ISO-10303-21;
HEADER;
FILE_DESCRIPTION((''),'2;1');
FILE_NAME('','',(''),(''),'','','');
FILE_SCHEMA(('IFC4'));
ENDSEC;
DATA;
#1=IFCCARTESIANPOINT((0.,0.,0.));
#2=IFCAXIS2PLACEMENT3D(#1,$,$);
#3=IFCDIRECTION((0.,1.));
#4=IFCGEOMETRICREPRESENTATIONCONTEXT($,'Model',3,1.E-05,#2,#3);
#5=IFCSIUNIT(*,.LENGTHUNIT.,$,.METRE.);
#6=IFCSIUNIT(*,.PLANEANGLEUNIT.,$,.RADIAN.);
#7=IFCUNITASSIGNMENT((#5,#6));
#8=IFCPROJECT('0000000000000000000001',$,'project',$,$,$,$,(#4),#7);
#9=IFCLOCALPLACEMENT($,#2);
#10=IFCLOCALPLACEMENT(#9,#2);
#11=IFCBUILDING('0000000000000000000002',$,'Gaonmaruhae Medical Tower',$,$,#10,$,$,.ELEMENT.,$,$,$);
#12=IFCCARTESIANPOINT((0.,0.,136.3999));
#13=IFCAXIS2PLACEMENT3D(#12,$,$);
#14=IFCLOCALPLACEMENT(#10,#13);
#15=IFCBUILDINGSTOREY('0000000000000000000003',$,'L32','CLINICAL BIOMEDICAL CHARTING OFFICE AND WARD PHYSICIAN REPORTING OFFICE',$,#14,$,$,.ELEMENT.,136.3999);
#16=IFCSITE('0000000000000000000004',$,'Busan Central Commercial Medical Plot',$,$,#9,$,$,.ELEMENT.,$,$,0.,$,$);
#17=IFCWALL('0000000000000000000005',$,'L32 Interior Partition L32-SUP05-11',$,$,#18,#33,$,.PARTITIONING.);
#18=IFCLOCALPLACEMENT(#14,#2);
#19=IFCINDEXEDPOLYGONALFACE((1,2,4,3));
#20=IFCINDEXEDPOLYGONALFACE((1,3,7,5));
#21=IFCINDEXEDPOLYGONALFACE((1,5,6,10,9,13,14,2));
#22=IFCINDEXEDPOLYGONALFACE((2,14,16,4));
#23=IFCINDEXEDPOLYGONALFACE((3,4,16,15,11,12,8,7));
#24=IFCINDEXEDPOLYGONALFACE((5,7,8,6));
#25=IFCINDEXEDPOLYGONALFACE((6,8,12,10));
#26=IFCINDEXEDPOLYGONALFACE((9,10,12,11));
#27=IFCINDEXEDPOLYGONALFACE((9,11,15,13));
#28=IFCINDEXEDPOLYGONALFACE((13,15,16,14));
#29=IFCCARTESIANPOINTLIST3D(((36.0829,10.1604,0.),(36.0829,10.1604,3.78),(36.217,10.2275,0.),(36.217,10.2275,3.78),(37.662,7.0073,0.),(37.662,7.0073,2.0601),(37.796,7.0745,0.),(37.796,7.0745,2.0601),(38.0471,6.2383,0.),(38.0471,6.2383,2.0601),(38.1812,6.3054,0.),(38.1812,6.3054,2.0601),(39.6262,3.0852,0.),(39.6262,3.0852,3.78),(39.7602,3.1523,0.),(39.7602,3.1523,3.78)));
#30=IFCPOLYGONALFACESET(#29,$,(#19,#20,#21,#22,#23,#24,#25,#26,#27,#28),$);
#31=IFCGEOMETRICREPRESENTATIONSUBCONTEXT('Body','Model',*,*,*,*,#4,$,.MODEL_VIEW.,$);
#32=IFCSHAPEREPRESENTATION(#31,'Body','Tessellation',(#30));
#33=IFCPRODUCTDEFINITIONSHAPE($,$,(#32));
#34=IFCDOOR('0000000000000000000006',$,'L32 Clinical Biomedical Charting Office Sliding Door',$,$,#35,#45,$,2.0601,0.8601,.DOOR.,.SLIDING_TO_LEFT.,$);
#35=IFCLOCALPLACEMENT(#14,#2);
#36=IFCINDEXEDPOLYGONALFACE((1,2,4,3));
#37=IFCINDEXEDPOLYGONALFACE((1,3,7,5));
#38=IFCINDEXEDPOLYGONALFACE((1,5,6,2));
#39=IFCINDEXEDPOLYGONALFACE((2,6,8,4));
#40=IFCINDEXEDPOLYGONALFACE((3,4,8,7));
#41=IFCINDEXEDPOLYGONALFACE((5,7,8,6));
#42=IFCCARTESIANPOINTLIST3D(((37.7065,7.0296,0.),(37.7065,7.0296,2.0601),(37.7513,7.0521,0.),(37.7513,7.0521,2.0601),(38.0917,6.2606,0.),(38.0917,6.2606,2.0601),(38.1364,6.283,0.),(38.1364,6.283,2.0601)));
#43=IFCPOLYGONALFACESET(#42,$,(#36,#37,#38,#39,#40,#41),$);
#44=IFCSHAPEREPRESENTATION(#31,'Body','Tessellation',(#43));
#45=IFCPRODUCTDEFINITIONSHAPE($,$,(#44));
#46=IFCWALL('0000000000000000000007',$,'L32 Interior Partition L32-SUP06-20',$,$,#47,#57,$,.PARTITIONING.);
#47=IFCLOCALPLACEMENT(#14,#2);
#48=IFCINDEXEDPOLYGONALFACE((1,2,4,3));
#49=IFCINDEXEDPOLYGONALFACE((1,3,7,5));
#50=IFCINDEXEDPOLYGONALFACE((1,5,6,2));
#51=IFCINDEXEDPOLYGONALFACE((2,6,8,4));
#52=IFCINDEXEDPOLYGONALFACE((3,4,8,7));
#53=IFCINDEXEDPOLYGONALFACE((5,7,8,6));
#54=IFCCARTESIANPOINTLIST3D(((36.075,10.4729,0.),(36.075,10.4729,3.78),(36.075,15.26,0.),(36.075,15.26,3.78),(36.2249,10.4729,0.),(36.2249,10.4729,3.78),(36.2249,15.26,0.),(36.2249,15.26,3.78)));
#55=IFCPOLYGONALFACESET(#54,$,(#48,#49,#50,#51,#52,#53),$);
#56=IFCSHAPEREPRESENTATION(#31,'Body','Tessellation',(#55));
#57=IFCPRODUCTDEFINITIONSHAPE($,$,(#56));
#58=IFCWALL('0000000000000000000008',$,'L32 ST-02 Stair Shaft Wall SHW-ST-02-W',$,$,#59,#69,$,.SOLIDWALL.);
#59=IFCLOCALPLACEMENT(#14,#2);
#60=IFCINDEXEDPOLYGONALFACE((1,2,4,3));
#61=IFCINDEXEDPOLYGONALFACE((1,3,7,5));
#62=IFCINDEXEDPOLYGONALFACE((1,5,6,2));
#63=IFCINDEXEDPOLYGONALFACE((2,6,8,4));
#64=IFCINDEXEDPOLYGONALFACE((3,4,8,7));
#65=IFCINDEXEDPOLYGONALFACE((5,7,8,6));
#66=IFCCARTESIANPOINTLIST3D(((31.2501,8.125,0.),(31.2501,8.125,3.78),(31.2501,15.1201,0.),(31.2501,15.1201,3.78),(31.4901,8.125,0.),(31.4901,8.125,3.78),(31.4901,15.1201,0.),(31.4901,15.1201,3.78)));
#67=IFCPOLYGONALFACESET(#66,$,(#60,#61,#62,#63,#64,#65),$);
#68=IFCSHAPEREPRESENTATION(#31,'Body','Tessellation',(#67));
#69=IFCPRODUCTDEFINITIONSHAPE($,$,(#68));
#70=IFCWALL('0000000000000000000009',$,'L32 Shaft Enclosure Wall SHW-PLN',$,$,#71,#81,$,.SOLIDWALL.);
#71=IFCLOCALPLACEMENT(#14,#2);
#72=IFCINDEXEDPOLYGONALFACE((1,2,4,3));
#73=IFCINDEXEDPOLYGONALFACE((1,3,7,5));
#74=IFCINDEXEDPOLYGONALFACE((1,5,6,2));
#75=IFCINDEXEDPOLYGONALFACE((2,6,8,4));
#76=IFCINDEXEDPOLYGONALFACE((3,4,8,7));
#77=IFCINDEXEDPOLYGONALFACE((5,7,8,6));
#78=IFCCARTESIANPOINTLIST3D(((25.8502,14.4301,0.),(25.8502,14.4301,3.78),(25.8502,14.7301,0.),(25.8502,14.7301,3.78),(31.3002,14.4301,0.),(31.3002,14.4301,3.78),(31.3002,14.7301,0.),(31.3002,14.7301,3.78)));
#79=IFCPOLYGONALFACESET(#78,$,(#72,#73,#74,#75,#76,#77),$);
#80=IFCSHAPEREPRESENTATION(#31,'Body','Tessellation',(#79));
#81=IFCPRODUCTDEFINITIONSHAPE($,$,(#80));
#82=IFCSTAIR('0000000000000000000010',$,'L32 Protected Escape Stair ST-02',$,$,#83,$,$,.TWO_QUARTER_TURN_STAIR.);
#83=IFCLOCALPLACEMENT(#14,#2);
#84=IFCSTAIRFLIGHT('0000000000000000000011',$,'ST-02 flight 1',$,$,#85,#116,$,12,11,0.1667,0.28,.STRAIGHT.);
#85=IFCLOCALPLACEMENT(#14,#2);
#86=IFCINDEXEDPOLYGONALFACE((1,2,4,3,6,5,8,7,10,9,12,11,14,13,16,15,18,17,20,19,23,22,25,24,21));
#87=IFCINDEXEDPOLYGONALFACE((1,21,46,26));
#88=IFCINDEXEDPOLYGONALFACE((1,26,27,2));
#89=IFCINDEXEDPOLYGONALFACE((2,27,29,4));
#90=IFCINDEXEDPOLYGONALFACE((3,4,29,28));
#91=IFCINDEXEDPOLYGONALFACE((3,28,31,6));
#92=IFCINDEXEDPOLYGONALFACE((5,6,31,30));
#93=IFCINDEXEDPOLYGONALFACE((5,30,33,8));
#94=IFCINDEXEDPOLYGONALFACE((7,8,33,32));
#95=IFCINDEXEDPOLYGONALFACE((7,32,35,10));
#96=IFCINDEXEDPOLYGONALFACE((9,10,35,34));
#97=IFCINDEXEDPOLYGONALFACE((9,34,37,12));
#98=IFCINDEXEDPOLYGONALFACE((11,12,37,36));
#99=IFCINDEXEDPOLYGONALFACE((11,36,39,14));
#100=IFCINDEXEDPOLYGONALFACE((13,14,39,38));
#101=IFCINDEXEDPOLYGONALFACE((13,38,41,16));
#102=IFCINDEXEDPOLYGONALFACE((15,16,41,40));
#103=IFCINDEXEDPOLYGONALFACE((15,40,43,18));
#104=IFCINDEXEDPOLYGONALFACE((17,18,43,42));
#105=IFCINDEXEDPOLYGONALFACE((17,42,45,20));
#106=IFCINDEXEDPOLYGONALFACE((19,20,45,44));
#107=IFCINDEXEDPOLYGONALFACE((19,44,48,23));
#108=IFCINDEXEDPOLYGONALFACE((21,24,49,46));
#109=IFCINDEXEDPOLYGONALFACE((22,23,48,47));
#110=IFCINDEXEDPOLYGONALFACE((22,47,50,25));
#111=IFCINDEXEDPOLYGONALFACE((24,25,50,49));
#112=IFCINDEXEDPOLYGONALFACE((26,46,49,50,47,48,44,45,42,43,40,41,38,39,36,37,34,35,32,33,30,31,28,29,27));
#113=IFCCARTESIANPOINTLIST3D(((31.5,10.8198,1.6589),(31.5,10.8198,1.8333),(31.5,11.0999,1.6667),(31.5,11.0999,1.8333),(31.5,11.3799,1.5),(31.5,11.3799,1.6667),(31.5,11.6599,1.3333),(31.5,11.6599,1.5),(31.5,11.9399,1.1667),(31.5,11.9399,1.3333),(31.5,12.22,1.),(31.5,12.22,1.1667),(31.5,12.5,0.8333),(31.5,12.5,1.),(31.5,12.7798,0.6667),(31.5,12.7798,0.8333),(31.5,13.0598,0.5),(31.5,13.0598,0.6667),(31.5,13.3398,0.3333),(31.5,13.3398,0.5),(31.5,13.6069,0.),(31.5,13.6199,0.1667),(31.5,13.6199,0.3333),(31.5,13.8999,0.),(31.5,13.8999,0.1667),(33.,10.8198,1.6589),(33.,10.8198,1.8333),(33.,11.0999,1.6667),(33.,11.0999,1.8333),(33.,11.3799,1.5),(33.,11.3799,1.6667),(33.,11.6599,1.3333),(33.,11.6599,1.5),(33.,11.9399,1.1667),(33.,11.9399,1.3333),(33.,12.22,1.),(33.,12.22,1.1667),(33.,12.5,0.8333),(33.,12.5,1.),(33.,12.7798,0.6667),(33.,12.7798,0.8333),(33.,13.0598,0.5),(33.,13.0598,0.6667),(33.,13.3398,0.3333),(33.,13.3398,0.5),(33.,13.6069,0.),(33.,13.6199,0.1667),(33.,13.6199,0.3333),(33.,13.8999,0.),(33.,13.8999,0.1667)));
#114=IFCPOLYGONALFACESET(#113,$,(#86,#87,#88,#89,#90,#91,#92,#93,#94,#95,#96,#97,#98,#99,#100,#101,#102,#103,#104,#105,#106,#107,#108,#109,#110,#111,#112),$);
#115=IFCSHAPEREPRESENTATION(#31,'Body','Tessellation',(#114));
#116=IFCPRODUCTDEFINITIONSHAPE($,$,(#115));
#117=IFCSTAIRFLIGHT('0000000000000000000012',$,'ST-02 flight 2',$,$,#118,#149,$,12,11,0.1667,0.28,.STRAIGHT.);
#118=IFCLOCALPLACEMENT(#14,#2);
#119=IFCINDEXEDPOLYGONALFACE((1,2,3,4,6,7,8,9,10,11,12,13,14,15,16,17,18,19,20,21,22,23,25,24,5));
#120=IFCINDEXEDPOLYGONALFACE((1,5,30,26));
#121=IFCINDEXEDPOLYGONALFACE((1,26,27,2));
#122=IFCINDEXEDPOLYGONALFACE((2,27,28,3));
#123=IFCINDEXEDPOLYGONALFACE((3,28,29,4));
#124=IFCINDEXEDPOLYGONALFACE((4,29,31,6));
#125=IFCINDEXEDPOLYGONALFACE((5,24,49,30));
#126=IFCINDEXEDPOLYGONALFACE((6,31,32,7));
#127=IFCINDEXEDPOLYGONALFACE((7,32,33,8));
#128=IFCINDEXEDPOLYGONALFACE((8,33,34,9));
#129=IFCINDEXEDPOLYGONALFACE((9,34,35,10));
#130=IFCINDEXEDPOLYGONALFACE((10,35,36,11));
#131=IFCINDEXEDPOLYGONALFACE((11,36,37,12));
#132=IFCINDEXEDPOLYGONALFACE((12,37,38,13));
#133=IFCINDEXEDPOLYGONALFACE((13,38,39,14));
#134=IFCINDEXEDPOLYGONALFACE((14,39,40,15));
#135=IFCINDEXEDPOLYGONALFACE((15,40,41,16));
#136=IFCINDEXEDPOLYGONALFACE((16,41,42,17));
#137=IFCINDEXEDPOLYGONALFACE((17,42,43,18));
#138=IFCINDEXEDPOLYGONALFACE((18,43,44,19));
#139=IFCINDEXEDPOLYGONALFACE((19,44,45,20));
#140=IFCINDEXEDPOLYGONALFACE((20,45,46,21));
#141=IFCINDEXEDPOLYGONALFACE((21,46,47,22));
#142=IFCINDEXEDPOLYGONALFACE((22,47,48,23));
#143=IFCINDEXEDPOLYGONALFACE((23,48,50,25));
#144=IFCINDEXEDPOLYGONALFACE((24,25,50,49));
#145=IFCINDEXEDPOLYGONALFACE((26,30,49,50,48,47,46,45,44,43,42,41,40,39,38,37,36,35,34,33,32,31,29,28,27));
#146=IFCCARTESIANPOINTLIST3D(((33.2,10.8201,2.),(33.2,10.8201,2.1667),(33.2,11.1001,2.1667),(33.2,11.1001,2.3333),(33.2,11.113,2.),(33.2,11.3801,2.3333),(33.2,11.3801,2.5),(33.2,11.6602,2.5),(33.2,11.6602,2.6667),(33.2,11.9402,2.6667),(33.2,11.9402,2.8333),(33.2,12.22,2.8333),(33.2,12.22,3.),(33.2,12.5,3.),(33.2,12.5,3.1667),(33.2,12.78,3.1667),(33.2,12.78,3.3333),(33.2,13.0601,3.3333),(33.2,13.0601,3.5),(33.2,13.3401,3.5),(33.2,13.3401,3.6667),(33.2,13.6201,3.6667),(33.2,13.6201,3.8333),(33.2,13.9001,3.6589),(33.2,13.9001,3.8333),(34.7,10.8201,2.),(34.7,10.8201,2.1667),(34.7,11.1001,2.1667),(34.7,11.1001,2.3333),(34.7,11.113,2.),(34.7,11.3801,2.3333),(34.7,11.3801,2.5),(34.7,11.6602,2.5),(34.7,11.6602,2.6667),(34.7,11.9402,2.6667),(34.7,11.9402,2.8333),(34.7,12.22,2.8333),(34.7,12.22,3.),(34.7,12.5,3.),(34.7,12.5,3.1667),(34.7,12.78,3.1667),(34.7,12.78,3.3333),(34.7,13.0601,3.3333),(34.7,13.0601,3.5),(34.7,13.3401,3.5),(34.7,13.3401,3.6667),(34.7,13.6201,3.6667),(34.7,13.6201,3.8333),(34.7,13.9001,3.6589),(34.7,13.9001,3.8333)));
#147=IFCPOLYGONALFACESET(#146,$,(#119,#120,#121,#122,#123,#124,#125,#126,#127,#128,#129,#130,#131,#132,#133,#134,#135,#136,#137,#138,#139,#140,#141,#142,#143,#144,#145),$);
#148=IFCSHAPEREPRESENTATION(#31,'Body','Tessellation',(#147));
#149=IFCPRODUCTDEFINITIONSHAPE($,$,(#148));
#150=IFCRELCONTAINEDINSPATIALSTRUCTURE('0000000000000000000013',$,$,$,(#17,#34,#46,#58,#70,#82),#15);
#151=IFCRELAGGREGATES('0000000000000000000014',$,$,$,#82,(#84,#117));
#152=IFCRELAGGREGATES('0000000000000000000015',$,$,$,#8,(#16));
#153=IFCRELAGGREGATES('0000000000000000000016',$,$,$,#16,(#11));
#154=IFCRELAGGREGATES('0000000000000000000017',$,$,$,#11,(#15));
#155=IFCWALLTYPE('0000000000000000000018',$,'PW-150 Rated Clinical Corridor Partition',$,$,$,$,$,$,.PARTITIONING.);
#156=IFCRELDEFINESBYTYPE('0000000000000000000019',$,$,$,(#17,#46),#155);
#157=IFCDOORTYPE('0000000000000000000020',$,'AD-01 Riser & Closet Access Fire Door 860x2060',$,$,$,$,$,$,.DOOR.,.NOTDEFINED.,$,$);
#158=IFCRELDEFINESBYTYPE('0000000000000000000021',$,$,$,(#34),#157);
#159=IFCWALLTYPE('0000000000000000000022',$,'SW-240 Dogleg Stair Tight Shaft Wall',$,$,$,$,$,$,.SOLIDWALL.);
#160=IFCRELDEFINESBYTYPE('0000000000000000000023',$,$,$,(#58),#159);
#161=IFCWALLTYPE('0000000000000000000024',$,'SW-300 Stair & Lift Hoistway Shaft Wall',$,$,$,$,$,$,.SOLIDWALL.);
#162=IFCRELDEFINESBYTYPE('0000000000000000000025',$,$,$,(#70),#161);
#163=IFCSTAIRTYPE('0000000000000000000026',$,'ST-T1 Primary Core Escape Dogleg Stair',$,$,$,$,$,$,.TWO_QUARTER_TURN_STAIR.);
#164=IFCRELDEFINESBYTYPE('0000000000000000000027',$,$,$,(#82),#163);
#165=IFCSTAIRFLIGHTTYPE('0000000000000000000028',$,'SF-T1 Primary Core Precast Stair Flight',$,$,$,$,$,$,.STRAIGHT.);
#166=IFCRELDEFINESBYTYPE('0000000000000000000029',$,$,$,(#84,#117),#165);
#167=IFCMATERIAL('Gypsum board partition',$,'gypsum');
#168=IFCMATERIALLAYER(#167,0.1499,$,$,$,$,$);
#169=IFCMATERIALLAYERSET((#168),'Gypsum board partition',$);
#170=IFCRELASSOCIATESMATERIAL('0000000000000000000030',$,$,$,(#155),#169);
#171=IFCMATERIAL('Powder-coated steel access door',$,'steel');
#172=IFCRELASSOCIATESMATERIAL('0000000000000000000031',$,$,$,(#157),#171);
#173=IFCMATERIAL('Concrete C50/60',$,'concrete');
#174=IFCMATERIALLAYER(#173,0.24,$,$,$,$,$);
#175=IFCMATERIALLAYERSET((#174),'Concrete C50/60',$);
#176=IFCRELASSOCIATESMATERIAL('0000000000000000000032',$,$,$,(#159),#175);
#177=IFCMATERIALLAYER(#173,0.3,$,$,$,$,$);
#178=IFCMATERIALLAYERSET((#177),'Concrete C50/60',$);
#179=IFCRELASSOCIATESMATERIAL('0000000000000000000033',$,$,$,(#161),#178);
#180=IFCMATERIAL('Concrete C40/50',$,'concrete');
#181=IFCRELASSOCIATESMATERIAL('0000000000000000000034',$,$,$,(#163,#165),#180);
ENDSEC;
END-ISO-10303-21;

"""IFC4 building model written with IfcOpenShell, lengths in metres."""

from ifc_helpers import new_model, si_unit, direction, frame, frame_2d, origin, place, context, subcontext, project, spatial, polyline, rectangle, outline, extrude, material, layer, layer_set, type_object, element, fill, aggregate, save


model = new_model("IFC4")

# Units and contexts
model_context = context("Model", 3, precision=1e-05, world=origin(), true_north=direction((0.0, 1.0)))
body_context = subcontext(model_context, "Body", "Model", "MODEL_VIEW")
ifc_project = project(units=[si_unit("LENGTHUNIT", "METRE"), si_unit("PLANEANGLEUNIT", "RADIAN")], contexts=[model_context])

# Site, building, storey
site_placement = place(None, origin())
site = spatial("IfcSite", under=ifc_project, at=site_placement, Name="Busan Central Commercial Medical Plot", CompositionType="ELEMENT", RefElevation=0.0)
building_placement = place(site_placement, origin())
building = spatial("IfcBuilding", under=site, at=building_placement, Name="Gaonmaruhae Medical Tower", CompositionType="ELEMENT")
storey_placement = place(building_placement, frame((0.0, 0.0, 136.3999)))
storey = spatial("IfcBuildingStorey", under=building, at=storey_placement, Name="L32", Description="CLINICAL BIOMEDICAL CHARTING OFFICE AND WARD PHYSICIAN REPORTING OFFICE", CompositionType="ELEMENT", Elevation=136.3999)

# Shared definitions
ifc_material_1 = material(Name="Gypsum board partition", Category="gypsum")
ifc_layer_1 = layer(ifc_material_1, 0.1499)
ifc_layer_set_1 = layer_set([ifc_layer_1], Name="Gypsum board partition")
wall_type_1 = type_object("IfcWallType", Name="PW-150 Rated Clinical Corridor Partition", PredefinedType="PARTITIONING", material=ifc_layer_set_1)

# Wall, opening, door
wall_1_placement = place(storey_placement, frame((36.1499, 10.1941, 0.0), z_axis=(0.0, 0.0, 1.0), x_axis=(0.447781, -0.894143, 0.0)))
wall_1 = element("IfcWall", 1, at=wall_1_placement, inside=storey, type_object=wall_type_1, Name="L32 Interior Partition L32-SUP05-11", PredefinedType="PARTITIONING", context=body_context, shape_type="SweptSolid", body=[
    extrude(rectangle(XDim=7.9128, YDim=0.1499, at=frame_2d((3.9565, 0.0))), origin(), (0.0, 0.0, 1.0), 3.78),
])
opening_1_placement = place(wall_1_placement, frame((3.5264, 0.0, 0.0)))
opening_1 = element("IfcOpeningElement", 2, at=opening_1_placement, cuts=wall_1, PredefinedType="OPENING", context=body_context, shape_type="SweptSolid", body=[
    extrude(rectangle(XDim=0.8601, YDim=2.0601, at=frame_2d((0.4302, 1.03))), frame((0.0, 0.085, 0.0), z_axis=(0.0, -1.0, 0.0), x_axis=(1.0, 0.0, 0.0)), (0.0, 0.0, 1.0), 0.1699),
])
ifc_material_2 = material(Name="Powder-coated steel access door", Category="steel")
door_type_1 = type_object("IfcDoorType", Name="AD-01 Riser & Closet Access Fire Door 860x2060", OperationType="NOTDEFINED", PredefinedType="DOOR", material=ifc_material_2)
door_1_placement = place(opening_1_placement, origin())
door_1 = element("IfcDoor", 3, at=door_1_placement, inside=storey, type_object=door_type_1, Name="L32 Clinical Biomedical Charting Office Sliding Door", OperationType="SLIDING_TO_LEFT", OverallHeight=2.0601, OverallWidth=0.8601, PredefinedType="DOOR", context=body_context, shape_type="SweptSolid", body=[
    extrude(rectangle(XDim=0.8601, YDim=2.0601, at=frame_2d((0.4302, 1.03))), frame((0.0, 0.0249, 0.0), z_axis=(0.0, -1.0, 0.0), x_axis=(1.0, 0.0, 0.0)), (0.0, 0.0, 1.0), 0.05),
])
fill(opening_1, door_1)

# Wall
wall_2_placement = place(storey_placement, frame((36.1499, 10.4729, 0.0), z_axis=(0.0, 0.0, 1.0), x_axis=(0.0, 1.0, 0.0)))
element("IfcWall", 4, at=wall_2_placement, inside=storey, type_object=wall_type_1, Name="L32 Interior Partition L32-SUP06-20", PredefinedType="PARTITIONING", context=body_context, shape_type="SweptSolid", body=[
    extrude(rectangle(XDim=4.7871, YDim=0.1499, at=frame_2d((2.3936, 0.0))), origin(), (0.0, 0.0, 1.0), 3.78),
])

# Shared definitions
ifc_material_3 = material(Name="Concrete C50/60", Category="concrete")
ifc_layer_2 = layer(ifc_material_3, 0.24)
ifc_layer_set_2 = layer_set([ifc_layer_2], Name="Concrete C50/60")
wall_type_2 = type_object("IfcWallType", Name="SW-240 Dogleg Stair Tight Shaft Wall", PredefinedType="SOLIDWALL", material=ifc_layer_set_2)

# Wall
wall_3_placement = place(storey_placement, frame((31.3701, 8.125, 0.0), z_axis=(0.0, 0.0, 1.0), x_axis=(0.0, 1.0, 0.0)))
element("IfcWall", 5, at=wall_3_placement, inside=storey, type_object=wall_type_2, Name="L32 ST-02 Stair Shaft Wall SHW-ST-02-W", PredefinedType="SOLIDWALL", context=body_context, shape_type="SweptSolid", body=[
    extrude(rectangle(XDim=6.9951, YDim=0.24, at=frame_2d((3.4976, 0.0))), origin(), (0.0, 0.0, 1.0), 3.78),
])

# Shared definitions
ifc_layer_3 = layer(ifc_material_3, 0.3)
ifc_layer_set_3 = layer_set([ifc_layer_3], Name="Concrete C50/60")
wall_type_3 = type_object("IfcWallType", Name="SW-300 Stair & Lift Hoistway Shaft Wall", PredefinedType="SOLIDWALL", material=ifc_layer_set_3)

# Wall
wall_4_placement = place(storey_placement, frame((25.8501, 14.5801, 0.0), z_axis=(0.0, 0.0, 1.0), x_axis=(1.0, 0.0, 0.0)))
element("IfcWall", 6, at=wall_4_placement, inside=storey, type_object=wall_type_3, Name="L32 Shaft Enclosure Wall SHW-PLN", PredefinedType="SOLIDWALL", context=body_context, shape_type="SweptSolid", body=[
    extrude(rectangle(XDim=5.45, YDim=0.3, at=frame_2d((2.7251, 0.0))), origin(), (0.0, 0.0, 1.0), 3.78),
])

# Stair, stair flights
ifc_material_4 = material(Name="Concrete C40/50", Category="concrete")
stair_type = type_object("IfcStairType", Name="ST-T1 Primary Core Escape Dogleg Stair", PredefinedType="TWO_QUARTER_TURN_STAIR", material=ifc_material_4)
stair_placement = place(storey_placement, origin())
stair = element("IfcStair", 7, at=stair_placement, inside=storey, type_object=stair_type, Name="L32 Protected Escape Stair ST-02", PredefinedType="TWO_QUARTER_TURN_STAIR")
stair_flight_type = type_object("IfcStairFlightType", Name="SF-T1 Primary Core Precast Stair Flight", PredefinedType="STRAIGHT", material=ifc_material_4)
stair_flight_1_placement = place(storey_placement, frame((32.25, 13.8999, 0.0), z_axis=(0.0, 0.0, 1.0), x_axis=(0.0, -1.0, 0.0)))
stair_flight_1 = element("IfcStairFlight", 8, at=stair_flight_1_placement, type_object=stair_flight_type, Name="ST-02 flight 1", NumberOfRisers=12, NumberOfTreads=11, PredefinedType="STRAIGHT", RiserHeight=0.1667, TreadLength=0.28, context=body_context, shape_type="SweptSolid", body=[
    extrude(outline(polyline([(0.0, 0.0), (0.0, 0.1667), (0.28, 0.1667), (0.28, 0.3333), (0.5601, 0.3333), (0.5601, 0.5), (0.8401, 0.5), (0.8401, 0.6667), (1.1201, 0.6667), (1.1201, 0.8333), (1.3999, 0.8333), (1.3999, 1.0), (1.6799, 1.0), (1.6799, 1.1667), (1.96, 1.1667), (1.96, 1.3333), (2.24, 1.3333), (2.24, 1.5), (2.52, 1.5), (2.52, 1.6667), (2.8, 1.6667), (2.8, 1.8333), (3.0801, 1.8333), (3.0801, 2.0), (3.0801, 1.6589), (0.293, 0.0), (0.0, 0.0)])), frame((0.0, 0.75, 0.0), z_axis=(0.0, -1.0, 0.0), x_axis=(1.0, 0.0, 0.0)), (0.0, 0.0, 1.0), 1.5),
])
stair_flight_2_placement = place(storey_placement, frame((33.95, 10.8201, 2.0), z_axis=(0.0, 0.0, 1.0), x_axis=(0.0, 1.0, 0.0)))
stair_flight_2 = element("IfcStairFlight", 9, at=stair_flight_2_placement, type_object=stair_flight_type, Name="ST-02 flight 2", NumberOfRisers=12, NumberOfTreads=11, PredefinedType="STRAIGHT", RiserHeight=0.1667, TreadLength=0.28, context=body_context, shape_type="SweptSolid", body=[
    extrude(outline(polyline([(0.0, 0.0), (0.0, 0.1667), (0.28, 0.1667), (0.28, 0.3333), (0.5601, 0.3333), (0.5601, 0.5), (0.8401, 0.5), (0.8401, 0.6667), (1.1201, 0.6667), (1.1201, 0.8333), (1.3999, 0.8333), (1.3999, 1.0), (1.6799, 1.0), (1.6799, 1.1667), (1.96, 1.1667), (1.96, 1.3333), (2.24, 1.3333), (2.24, 1.5), (2.52, 1.5), (2.52, 1.6667), (2.8, 1.6667), (2.8, 1.8333), (3.0801, 1.8333), (3.0801, 2.0), (3.0801, 1.6589), (0.293, 0.0), (0.0, 0.0)])), frame((0.0, 0.75, 0.0), z_axis=(0.0, -1.0, 0.0), x_axis=(1.0, 0.0, 0.0)), (0.0, 0.0, 1.0), 1.5),
])
aggregate(stair, [stair_flight_1, stair_flight_2])

save(model, "model.ifc")
